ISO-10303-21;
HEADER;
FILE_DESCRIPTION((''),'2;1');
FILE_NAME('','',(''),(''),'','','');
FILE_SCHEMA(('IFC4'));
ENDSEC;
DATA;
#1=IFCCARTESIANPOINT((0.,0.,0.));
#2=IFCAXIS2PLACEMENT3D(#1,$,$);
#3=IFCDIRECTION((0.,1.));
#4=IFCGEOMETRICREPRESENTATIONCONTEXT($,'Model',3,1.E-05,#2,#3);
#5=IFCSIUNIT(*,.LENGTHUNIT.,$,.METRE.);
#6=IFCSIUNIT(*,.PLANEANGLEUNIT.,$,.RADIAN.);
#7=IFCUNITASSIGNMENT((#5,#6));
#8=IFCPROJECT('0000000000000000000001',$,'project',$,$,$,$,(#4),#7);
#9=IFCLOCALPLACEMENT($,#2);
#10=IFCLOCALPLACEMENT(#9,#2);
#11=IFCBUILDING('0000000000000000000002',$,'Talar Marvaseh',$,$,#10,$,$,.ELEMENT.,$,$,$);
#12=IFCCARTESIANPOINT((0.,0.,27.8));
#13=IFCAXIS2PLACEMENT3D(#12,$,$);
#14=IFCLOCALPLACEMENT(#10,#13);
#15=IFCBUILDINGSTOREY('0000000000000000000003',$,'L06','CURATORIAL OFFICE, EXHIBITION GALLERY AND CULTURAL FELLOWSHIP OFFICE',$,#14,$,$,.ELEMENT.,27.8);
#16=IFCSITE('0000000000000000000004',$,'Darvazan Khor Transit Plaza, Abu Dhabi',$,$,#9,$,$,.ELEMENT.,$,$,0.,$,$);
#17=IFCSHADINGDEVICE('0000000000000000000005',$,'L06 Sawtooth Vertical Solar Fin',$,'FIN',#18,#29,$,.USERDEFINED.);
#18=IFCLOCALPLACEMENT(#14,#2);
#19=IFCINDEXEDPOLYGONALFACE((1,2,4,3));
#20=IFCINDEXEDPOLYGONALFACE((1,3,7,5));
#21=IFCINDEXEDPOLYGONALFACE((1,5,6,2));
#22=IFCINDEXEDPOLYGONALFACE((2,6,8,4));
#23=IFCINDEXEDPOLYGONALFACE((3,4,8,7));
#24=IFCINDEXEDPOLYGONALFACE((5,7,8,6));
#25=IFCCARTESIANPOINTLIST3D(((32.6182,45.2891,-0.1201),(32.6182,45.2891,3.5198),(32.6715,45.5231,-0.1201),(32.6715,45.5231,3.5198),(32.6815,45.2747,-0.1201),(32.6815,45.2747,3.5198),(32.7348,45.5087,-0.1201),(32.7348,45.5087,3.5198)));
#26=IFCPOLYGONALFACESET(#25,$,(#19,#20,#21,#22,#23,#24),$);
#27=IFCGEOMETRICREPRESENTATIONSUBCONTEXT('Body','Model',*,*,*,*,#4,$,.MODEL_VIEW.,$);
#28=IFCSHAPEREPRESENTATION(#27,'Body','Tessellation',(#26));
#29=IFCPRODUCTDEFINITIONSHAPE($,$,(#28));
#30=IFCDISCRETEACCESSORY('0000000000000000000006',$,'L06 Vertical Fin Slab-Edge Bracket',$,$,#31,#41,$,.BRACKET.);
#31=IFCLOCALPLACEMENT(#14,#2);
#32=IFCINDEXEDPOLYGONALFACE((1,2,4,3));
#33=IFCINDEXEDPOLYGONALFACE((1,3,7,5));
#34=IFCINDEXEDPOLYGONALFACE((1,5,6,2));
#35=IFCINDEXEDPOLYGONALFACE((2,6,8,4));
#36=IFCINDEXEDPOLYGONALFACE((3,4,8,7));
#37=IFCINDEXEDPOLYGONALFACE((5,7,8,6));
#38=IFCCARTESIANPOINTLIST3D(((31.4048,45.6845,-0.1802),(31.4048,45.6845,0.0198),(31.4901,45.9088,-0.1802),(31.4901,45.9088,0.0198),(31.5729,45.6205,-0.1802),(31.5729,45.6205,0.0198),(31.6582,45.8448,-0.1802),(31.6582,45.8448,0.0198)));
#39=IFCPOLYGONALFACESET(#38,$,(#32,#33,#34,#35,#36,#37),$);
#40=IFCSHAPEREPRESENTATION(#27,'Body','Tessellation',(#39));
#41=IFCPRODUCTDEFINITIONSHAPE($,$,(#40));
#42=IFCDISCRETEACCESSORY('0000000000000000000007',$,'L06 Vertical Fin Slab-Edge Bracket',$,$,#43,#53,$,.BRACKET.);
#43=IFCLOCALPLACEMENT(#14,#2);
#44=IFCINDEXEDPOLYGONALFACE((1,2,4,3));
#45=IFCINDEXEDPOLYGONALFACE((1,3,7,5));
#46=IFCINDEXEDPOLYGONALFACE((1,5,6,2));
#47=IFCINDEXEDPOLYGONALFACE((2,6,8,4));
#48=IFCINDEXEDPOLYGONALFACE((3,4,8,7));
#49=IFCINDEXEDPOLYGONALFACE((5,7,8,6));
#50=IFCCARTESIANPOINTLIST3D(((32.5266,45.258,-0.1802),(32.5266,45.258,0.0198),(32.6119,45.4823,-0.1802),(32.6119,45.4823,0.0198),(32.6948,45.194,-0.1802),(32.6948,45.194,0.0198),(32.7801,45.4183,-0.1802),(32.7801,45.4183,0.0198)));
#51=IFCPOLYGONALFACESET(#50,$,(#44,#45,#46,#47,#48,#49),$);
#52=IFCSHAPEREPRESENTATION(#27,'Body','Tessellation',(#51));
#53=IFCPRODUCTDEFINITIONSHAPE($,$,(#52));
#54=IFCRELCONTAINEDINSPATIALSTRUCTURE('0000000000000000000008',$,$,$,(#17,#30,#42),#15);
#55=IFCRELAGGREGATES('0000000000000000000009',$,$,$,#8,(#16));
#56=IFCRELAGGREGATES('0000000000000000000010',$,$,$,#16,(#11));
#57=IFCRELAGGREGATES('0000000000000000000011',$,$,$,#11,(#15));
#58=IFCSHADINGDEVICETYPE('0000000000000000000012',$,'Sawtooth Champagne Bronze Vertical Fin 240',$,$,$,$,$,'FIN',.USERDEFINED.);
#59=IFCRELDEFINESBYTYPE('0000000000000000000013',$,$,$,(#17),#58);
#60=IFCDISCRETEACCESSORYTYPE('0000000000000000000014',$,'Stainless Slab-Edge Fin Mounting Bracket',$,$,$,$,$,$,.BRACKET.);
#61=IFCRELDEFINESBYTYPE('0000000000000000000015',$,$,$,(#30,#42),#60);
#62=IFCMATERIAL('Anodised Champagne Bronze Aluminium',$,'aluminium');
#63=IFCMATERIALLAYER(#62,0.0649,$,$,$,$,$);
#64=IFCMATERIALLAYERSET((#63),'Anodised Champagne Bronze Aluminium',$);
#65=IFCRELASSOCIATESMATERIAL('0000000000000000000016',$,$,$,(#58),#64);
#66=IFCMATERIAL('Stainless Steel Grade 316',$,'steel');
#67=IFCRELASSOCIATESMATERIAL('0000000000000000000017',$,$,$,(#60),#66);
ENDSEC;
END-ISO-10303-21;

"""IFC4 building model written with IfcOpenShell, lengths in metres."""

from ifc_helpers import new_model, si_unit, direction, frame, origin, origin_2d, place, context, subcontext, project, spatial, rectangle, extrude, source, transform, mapped, material, layer, layer_set, type_object, type_shapes, element, save


model = new_model("IFC4")

# Units and contexts
model_context = context("Model", 3, precision=1e-05, world=origin(), true_north=direction((0.0, 1.0)))
body_context = subcontext(model_context, "Body", "Model", "MODEL_VIEW")
ifc_project = project(units=[si_unit("LENGTHUNIT", "METRE"), si_unit("PLANEANGLEUNIT", "RADIAN")], contexts=[model_context])

# Site, building, storey
site_placement = place(None, origin())
site = spatial("IfcSite", under=ifc_project, at=site_placement, Name="Darvazan Khor Transit Plaza, Abu Dhabi", CompositionType="ELEMENT", RefElevation=0.0)
building_placement = place(site_placement, origin())
building = spatial("IfcBuilding", under=site, at=building_placement, Name="Talar Marvaseh", CompositionType="ELEMENT")
storey_placement = place(building_placement, frame((0.0, 0.0, 27.8)))
storey = spatial("IfcBuildingStorey", under=building, at=storey_placement, Name="L06", Description="CURATORIAL OFFICE, EXHIBITION GALLERY AND CULTURAL FELLOWSHIP OFFICE", CompositionType="ELEMENT", Elevation=27.8)

# Shading device
ifc_material_1 = material(Name="Anodised Champagne Bronze Aluminium", Category="aluminium")
ifc_layer_1 = layer(ifc_material_1, 0.0649)
ifc_layer_set_1 = layer_set([ifc_layer_1], Name="Anodised Champagne Bronze Aluminium")
shading_device_type = type_object("IfcShadingDeviceType", Name="Sawtooth Champagne Bronze Vertical Fin 240", ElementType="FIN", PredefinedType="USERDEFINED", material=ifc_layer_set_1)
shared_shape_1 = source(origin(), body_context, "Body", "SweptSolid", [
    extrude(rectangle(XDim=0.24, YDim=0.0649, at=origin_2d()), origin(), (0.0, 0.0, 1.0), 3.6399),
])
type_shapes(shading_device_type, [shared_shape_1])
shading_device_placement = place(storey_placement, frame((32.6765, 45.3989, -0.1201), z_axis=(0.0, 0.0, 1.0), x_axis=(0.221889, 0.975072, 0.0)))
element("IfcShadingDevice", 1, at=shading_device_placement, inside=storey, type_object=shading_device_type, Name="L06 Sawtooth Vertical Solar Fin", ObjectType="FIN", PredefinedType="USERDEFINED", context=body_context, shape_type="MappedRepresentation", body=[
    mapped(shared_shape_1, transform((0.0, 0.0, 0.0), x_axis=(1.0, 0.0, 0.0), y_axis=(0.0, 1.0, 0.0), z_axis=(0.0, 0.0, 1.0), scale=1.0)),
])

# Discrete accessories
ifc_material_2 = material(Name="Stainless Steel Grade 316", Category="steel")
discrete_accessory_type = type_object("IfcDiscreteAccessoryType", Name="Stainless Slab-Edge Fin Mounting Bracket", PredefinedType="BRACKET", material=ifc_material_2)
shared_shape_2 = source(origin(), body_context, "Body", "SweptSolid", [
    extrude(rectangle(XDim=0.24, YDim=0.1799, at=origin_2d()), origin(), (0.0, 0.0, 1.0), 0.2),
])
type_shapes(discrete_accessory_type, [shared_shape_2])
for number, where, z_axis, x_axis, name in (
    (2, (31.5315, 45.7646, -0.1802), (0.0, 0.0, 1.0), (0.355433, 0.934702, 0.0), "L06 Vertical Fin Slab-Edge Bracket"),
    (3, (32.6533, 45.3381, -0.1802), (0.0, 0.0, 1.0), (0.355433, 0.934702, 0.0), "L06 Vertical Fin Slab-Edge Bracket"),
):
    element("IfcDiscreteAccessory", number, at=place(storey_placement, frame(where, z_axis=z_axis, x_axis=x_axis)), inside=storey, type_object=discrete_accessory_type, Name=name, PredefinedType="BRACKET", context=body_context, shape_type="MappedRepresentation", body=[
        mapped(shared_shape_2, transform((0.0, 0.0, 0.0), x_axis=(1.0, 0.0, 0.0), y_axis=(0.0, 1.0, 0.0), z_axis=(0.0, 0.0, 1.0), scale=1.0)),
    ])

save(model, "model.ifc")
